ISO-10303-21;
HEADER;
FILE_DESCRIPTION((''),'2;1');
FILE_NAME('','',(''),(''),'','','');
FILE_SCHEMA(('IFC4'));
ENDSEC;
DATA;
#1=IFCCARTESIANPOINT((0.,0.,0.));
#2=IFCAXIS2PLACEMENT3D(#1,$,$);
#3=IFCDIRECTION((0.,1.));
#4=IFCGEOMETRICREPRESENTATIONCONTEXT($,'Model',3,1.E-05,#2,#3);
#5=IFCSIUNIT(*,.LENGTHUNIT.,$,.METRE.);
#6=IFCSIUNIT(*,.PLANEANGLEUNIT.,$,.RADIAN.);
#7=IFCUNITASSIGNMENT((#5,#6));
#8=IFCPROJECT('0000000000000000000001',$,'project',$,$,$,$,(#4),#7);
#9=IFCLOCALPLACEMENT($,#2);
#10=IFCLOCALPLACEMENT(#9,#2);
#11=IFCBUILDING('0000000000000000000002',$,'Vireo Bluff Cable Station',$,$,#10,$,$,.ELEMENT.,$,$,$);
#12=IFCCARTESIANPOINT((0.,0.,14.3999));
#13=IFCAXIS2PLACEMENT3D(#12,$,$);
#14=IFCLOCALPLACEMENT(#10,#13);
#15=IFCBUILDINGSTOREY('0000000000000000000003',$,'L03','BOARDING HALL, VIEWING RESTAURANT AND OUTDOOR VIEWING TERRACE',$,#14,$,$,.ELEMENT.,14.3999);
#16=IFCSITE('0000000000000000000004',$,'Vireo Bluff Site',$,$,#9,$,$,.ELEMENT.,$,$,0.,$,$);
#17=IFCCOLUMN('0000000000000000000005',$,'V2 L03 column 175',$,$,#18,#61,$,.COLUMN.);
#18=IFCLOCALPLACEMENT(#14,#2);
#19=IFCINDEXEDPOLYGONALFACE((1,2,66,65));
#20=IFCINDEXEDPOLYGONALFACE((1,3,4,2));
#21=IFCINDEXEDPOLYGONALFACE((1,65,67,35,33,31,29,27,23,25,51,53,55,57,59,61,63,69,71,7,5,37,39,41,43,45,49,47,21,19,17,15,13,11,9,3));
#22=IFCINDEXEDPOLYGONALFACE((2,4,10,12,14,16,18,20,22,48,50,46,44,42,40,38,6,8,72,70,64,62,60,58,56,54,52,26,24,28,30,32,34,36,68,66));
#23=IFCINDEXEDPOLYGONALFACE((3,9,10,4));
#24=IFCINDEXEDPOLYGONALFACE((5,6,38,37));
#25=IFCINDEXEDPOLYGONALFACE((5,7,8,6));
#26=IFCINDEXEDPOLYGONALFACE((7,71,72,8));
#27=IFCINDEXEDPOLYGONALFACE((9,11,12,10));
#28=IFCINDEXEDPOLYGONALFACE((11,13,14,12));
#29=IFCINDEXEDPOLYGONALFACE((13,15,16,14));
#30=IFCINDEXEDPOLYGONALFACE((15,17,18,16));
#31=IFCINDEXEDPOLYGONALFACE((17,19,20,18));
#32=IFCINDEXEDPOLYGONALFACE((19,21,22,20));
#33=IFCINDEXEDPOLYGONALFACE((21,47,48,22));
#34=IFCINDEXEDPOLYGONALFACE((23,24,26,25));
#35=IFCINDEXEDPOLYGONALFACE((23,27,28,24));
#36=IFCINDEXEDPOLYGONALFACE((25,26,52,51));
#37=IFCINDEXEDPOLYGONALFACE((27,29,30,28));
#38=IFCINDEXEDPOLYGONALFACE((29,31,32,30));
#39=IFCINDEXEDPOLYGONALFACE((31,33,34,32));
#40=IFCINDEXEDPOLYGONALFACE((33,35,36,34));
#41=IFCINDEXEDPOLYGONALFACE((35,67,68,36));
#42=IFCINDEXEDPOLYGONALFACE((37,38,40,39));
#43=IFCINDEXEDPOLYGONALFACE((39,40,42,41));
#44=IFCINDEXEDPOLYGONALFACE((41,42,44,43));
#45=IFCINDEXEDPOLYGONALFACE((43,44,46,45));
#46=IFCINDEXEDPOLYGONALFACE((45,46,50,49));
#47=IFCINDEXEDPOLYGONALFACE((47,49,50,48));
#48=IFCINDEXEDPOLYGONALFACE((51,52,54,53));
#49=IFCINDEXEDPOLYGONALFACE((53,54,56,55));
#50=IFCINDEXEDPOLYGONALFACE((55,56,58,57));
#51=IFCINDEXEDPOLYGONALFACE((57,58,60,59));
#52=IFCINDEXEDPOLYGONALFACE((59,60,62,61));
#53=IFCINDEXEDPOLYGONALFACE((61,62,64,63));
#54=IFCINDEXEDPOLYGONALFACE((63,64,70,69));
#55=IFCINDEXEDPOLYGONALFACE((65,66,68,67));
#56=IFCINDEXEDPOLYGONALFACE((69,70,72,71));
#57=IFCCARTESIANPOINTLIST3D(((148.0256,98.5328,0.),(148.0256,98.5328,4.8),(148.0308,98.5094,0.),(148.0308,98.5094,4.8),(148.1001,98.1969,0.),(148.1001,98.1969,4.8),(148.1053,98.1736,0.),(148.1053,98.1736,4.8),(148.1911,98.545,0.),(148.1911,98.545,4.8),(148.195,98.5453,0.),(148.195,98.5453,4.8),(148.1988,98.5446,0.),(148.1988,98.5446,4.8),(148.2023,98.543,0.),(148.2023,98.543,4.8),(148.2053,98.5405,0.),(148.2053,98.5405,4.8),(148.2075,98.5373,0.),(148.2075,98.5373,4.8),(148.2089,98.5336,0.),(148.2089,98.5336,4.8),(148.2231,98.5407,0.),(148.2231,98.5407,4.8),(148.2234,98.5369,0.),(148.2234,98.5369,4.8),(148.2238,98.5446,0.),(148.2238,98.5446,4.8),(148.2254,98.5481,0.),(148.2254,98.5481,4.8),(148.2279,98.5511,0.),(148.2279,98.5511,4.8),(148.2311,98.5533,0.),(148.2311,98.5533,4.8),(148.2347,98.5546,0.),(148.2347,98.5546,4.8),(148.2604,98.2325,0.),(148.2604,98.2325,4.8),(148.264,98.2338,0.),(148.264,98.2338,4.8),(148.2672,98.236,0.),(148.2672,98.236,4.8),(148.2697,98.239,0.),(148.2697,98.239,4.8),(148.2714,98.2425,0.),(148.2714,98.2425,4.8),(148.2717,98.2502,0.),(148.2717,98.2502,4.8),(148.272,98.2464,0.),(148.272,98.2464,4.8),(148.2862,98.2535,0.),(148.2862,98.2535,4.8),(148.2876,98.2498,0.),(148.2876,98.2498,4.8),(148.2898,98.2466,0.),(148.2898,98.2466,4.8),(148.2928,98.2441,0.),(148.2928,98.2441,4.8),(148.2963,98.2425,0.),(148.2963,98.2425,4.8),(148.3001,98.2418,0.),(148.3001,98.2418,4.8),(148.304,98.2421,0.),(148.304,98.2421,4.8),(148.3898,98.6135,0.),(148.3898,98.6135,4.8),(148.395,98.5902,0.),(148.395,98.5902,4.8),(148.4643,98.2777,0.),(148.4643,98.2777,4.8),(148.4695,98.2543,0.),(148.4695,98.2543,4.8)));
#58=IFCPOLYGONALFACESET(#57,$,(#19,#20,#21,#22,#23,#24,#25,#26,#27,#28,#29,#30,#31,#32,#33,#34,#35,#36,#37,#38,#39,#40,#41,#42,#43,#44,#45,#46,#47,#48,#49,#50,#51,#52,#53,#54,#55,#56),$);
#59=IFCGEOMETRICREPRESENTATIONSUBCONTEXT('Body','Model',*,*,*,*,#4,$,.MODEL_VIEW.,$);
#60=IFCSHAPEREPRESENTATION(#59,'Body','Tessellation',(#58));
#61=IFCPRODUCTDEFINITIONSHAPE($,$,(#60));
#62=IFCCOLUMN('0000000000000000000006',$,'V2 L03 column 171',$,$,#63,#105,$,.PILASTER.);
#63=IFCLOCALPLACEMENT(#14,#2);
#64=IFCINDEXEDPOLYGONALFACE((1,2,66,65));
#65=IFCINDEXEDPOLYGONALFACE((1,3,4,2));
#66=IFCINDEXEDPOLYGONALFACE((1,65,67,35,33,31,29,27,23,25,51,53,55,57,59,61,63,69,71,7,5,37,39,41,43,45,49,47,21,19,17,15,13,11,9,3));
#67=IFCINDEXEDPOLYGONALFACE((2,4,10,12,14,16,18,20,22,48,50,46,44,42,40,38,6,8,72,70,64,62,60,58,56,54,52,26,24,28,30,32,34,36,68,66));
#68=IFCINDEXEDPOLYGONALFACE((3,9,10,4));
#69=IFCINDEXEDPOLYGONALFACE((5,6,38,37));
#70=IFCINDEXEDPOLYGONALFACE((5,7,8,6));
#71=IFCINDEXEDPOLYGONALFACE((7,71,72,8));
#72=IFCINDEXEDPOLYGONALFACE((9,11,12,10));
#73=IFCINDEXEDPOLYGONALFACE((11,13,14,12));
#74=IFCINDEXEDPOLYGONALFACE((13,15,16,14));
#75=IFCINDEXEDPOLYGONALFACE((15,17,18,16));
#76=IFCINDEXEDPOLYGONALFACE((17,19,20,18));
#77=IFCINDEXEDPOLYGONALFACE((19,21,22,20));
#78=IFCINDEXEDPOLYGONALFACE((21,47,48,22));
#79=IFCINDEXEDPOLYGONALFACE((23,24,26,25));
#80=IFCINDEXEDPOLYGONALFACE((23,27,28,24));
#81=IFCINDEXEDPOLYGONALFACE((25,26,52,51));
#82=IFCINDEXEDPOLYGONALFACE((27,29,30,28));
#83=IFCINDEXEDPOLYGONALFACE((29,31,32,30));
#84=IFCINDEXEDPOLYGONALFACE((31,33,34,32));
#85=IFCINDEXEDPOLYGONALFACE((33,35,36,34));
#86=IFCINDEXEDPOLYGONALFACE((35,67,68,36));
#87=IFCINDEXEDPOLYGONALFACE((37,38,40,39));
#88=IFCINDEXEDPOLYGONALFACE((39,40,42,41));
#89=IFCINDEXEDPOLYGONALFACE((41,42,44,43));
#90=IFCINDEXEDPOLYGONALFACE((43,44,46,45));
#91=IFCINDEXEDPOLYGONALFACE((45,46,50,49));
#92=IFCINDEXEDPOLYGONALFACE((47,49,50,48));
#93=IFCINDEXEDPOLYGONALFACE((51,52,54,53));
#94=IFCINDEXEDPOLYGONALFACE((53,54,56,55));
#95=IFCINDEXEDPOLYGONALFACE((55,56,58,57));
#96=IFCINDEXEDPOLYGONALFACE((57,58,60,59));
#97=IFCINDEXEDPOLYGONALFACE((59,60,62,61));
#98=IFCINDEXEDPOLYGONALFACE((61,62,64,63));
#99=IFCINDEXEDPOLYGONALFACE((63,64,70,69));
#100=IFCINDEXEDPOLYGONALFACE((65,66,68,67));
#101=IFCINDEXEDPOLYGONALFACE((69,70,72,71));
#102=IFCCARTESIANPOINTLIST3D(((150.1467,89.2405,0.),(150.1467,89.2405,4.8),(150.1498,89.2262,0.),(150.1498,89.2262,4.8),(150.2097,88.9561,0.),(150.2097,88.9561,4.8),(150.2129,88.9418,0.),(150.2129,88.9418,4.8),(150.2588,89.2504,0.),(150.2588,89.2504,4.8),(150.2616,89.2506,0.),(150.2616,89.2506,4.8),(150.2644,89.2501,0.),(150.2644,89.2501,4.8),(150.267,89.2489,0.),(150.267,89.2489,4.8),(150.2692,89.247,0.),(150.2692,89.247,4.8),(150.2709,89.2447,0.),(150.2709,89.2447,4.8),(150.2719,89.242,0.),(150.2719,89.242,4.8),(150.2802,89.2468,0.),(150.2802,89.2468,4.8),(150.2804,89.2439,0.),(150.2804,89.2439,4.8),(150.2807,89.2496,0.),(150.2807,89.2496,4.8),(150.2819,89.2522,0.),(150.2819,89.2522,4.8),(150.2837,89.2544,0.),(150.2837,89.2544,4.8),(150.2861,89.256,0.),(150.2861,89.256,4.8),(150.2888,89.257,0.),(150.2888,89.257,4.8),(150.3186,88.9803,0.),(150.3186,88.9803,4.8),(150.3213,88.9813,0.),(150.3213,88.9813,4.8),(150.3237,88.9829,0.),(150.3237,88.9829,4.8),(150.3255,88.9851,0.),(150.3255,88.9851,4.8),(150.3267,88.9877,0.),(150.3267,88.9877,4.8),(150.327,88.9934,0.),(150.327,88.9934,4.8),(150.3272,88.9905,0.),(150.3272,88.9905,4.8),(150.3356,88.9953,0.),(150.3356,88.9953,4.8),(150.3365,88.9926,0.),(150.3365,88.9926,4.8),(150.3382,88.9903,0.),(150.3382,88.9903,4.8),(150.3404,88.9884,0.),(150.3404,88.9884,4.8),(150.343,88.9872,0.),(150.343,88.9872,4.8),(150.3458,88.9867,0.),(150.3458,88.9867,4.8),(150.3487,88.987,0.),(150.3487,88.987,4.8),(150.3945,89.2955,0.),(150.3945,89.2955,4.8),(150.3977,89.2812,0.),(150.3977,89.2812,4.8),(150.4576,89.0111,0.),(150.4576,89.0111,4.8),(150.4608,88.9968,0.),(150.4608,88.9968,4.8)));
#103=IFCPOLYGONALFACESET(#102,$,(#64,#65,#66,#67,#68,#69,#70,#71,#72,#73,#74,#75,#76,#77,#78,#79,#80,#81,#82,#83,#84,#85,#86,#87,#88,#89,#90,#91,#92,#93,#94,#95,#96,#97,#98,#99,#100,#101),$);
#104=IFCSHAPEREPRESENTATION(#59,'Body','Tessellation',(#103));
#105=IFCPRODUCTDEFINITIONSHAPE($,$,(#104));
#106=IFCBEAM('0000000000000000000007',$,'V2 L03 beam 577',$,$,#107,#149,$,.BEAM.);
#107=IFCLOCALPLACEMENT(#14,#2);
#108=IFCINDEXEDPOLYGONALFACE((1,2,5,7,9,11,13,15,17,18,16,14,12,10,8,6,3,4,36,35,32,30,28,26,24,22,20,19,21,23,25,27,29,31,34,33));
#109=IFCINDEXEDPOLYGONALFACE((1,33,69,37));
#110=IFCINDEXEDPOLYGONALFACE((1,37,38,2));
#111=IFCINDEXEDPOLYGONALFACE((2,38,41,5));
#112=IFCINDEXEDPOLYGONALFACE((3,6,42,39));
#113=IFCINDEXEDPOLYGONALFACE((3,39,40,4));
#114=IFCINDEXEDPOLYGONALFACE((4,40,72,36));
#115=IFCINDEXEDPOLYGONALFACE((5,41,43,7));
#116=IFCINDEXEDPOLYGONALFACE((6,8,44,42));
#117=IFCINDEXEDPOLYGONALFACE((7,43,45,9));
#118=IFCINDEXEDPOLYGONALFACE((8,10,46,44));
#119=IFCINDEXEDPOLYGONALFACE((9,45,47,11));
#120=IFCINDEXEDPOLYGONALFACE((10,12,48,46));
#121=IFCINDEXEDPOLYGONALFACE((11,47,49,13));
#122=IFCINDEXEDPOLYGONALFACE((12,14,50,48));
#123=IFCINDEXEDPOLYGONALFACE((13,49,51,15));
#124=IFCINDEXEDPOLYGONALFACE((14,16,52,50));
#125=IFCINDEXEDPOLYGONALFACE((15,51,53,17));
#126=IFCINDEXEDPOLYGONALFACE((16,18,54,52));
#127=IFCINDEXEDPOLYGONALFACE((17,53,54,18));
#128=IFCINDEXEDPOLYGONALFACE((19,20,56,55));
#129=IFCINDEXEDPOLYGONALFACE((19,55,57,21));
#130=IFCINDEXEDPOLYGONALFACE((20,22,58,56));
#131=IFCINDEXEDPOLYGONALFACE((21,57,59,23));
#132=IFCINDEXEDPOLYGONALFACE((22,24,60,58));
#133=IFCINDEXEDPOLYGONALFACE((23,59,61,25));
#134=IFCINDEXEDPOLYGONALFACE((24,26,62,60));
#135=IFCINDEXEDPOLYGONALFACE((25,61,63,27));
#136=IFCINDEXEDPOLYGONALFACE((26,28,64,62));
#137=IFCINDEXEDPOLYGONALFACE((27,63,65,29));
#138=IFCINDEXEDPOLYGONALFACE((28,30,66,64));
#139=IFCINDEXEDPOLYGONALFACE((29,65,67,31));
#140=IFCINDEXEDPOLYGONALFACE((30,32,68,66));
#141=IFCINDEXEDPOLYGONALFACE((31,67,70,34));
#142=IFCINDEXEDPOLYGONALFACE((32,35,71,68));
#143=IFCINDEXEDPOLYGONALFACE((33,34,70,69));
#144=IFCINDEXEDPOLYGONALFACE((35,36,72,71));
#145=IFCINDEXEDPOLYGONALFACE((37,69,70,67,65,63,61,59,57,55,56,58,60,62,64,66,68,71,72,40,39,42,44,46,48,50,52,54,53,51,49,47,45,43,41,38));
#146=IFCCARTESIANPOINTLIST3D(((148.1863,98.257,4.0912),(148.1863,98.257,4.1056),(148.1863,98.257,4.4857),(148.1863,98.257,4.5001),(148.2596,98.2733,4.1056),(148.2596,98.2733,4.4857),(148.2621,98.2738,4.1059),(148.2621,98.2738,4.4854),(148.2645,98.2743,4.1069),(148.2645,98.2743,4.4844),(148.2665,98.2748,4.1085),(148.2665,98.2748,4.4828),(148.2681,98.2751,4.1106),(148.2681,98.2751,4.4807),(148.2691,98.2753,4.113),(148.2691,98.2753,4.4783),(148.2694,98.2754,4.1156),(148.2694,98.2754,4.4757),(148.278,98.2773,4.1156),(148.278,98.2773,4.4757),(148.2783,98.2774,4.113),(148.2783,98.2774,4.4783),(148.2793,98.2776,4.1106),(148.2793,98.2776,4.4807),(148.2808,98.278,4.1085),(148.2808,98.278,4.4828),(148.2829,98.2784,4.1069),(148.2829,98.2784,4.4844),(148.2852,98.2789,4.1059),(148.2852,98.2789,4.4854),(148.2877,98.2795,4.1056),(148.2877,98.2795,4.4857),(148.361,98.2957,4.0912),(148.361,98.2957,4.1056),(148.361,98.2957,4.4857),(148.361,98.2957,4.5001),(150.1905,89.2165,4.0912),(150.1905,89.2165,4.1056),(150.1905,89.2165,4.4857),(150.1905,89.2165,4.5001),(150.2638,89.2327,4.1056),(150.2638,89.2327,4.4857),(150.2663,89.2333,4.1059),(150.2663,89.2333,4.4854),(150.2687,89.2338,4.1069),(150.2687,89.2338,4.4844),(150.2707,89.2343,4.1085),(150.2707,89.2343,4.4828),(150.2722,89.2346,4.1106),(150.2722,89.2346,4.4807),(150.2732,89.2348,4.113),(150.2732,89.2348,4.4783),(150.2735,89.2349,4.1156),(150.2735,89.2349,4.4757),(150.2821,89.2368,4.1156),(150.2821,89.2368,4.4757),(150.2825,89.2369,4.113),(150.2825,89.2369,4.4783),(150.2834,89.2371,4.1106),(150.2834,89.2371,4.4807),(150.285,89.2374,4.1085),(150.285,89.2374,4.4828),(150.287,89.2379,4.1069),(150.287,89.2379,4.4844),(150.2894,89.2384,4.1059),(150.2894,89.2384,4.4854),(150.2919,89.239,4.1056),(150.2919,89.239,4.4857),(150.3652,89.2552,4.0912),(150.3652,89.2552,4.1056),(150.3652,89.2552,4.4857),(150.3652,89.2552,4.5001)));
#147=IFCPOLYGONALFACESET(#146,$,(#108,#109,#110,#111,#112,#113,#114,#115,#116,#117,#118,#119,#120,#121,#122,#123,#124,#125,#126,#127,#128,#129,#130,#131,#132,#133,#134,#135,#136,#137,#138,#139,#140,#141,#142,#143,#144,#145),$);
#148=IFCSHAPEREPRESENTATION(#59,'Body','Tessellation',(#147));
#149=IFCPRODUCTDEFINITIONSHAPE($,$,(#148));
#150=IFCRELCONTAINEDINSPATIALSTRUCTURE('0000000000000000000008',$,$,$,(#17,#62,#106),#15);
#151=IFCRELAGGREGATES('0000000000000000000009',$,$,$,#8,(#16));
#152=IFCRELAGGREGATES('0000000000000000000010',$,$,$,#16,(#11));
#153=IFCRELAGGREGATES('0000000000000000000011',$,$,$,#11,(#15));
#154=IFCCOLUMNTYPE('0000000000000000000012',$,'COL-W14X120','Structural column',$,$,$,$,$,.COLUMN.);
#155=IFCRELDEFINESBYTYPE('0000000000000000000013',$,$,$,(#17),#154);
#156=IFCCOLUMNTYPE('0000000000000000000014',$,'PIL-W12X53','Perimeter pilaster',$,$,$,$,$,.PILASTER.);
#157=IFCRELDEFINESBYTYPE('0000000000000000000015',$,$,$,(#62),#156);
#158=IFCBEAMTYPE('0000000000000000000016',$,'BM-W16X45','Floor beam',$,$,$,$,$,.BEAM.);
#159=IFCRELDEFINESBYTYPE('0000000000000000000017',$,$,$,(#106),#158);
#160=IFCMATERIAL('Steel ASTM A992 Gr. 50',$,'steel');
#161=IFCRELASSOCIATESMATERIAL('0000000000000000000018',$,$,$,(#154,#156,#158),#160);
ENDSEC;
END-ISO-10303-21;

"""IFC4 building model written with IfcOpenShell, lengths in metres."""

from ifc_helpers import new_model, si_unit, direction, frame, origin, origin_2d, place, context, subcontext, project, spatial, i_section, extrude, material, material_profile, profile_set, type_object, element, save


model = new_model("IFC4")

# Units and contexts
model_context = context("Model", 3, precision=1e-05, world=origin(), true_north=direction((0.0, 1.0)))
body_context = subcontext(model_context, "Body", "Model", "MODEL_VIEW")
ifc_project = project(units=[si_unit("LENGTHUNIT", "METRE"), si_unit("PLANEANGLEUNIT", "RADIAN")], contexts=[model_context])

# Site, building, storey
site_placement = place(None, origin())
site = spatial("IfcSite", under=ifc_project, at=site_placement, Name="Vireo Bluff Site", CompositionType="ELEMENT", RefElevation=0.0)
building_placement = place(site_placement, origin())
building = spatial("IfcBuilding", under=site, at=building_placement, Name="Vireo Bluff Cable Station", CompositionType="ELEMENT")
storey_placement = place(building_placement, frame((0.0, 0.0, 14.3999)))
storey = spatial("IfcBuildingStorey", under=building, at=storey_placement, Name="L03", Description="BOARDING HALL, VIEWING RESTAURANT AND OUTDOOR VIEWING TERRACE", CompositionType="ELEMENT", Elevation=14.3999)

# Columns
ifc_material_1 = material(Name="Steel ASTM A992 Gr. 50", Category="steel")
ifc_material_profile_1 = material_profile(ifc_material_1, i_section(OverallWidth=0.373, OverallDepth=0.3679, WebThickness=0.0149, FlangeThickness=0.0239, FilletRadius=0.0149, at=origin_2d()), Name="W14X120")
ifc_profile_set_1 = profile_set([ifc_material_profile_1], Name="Steel ASTM A992 Gr. 50")
column_type_1 = type_object("IfcColumnType", Name="COL-W14X120", Description="Structural column", PredefinedType="COLUMN", material=ifc_profile_set_1)
column_1_placement = place(storey_placement, frame((148.2476, 98.3936, 0.0), z_axis=(0.0, 0.0, 1.0), x_axis=(0.976296, 0.21644, 0.0)))
element("IfcColumn", 1, at=column_1_placement, inside=storey, type_object=column_type_1, Name="V2 L03 column 175", PredefinedType="COLUMN", context=body_context, shape_type="SweptSolid", body=[
    extrude(i_section(OverallWidth=0.373, OverallDepth=0.3679, WebThickness=0.0149, FlangeThickness=0.0239, FilletRadius=0.0149, at=origin_2d()), origin(), (0.0, 0.0, 1.0), 4.8),
])
ifc_material_profile_2 = material_profile(ifc_material_1, i_section(OverallWidth=0.2539, OverallDepth=0.3059, WebThickness=0.0088, FlangeThickness=0.0146, FilletRadius=0.011, at=origin_2d()), Name="W12X53")
ifc_profile_set_2 = profile_set([ifc_material_profile_2], Name="Steel ASTM A992 Gr. 50")
column_type_2 = type_object("IfcColumnType", Name="PIL-W12X53", Description="Perimeter pilaster", PredefinedType="PILASTER", material=ifc_profile_set_2)
column_2_placement = place(storey_placement, frame((150.3037, 89.1187, 0.0), z_axis=(0.0, 0.0, 1.0), x_axis=(0.976296, 0.21644, 0.0)))
element("IfcColumn", 2, at=column_2_placement, inside=storey, type_object=column_type_2, Name="V2 L03 column 171", PredefinedType="PILASTER", context=body_context, shape_type="SweptSolid", body=[
    extrude(i_section(OverallWidth=0.2539, OverallDepth=0.3059, WebThickness=0.0088, FlangeThickness=0.0146, FilletRadius=0.011, at=origin_2d()), origin(), (0.0, 0.0, 1.0), 4.8),
])

# Beam
ifc_material_profile_3 = material_profile(ifc_material_1, i_section(OverallWidth=0.179, OverallDepth=0.4089, WebThickness=0.0088, FlangeThickness=0.0144, FilletRadius=0.01, at=origin_2d()), Name="W16X45")
ifc_profile_set_3 = profile_set([ifc_material_profile_3], Name="Steel ASTM A992 Gr. 50")
beam_type_1 = type_object("IfcBeamType", Name="BM-W16X45", Description="Floor beam", PredefinedType="BEAM", material=ifc_profile_set_3)
beam_1_placement = place(storey_placement, frame((150.2778, 89.2358, 4.2957), z_axis=(-0.216431, 0.976298, 0.0), x_axis=(-0.976298, -0.216431, 0.0)))
element("IfcBeam", 3, at=beam_1_placement, inside=storey, type_object=beam_type_1, Name="V2 L03 beam 577", PredefinedType="BEAM", context=body_context, shape_type="SweptSolid", body=[
    extrude(i_section(OverallWidth=0.179, OverallDepth=0.4089, WebThickness=0.0088, FlangeThickness=0.0144, FilletRadius=0.01, at=origin_2d()), origin(), (0.0, 0.0, 1.0), 9.26),
])

save(model, "model.ifc")
